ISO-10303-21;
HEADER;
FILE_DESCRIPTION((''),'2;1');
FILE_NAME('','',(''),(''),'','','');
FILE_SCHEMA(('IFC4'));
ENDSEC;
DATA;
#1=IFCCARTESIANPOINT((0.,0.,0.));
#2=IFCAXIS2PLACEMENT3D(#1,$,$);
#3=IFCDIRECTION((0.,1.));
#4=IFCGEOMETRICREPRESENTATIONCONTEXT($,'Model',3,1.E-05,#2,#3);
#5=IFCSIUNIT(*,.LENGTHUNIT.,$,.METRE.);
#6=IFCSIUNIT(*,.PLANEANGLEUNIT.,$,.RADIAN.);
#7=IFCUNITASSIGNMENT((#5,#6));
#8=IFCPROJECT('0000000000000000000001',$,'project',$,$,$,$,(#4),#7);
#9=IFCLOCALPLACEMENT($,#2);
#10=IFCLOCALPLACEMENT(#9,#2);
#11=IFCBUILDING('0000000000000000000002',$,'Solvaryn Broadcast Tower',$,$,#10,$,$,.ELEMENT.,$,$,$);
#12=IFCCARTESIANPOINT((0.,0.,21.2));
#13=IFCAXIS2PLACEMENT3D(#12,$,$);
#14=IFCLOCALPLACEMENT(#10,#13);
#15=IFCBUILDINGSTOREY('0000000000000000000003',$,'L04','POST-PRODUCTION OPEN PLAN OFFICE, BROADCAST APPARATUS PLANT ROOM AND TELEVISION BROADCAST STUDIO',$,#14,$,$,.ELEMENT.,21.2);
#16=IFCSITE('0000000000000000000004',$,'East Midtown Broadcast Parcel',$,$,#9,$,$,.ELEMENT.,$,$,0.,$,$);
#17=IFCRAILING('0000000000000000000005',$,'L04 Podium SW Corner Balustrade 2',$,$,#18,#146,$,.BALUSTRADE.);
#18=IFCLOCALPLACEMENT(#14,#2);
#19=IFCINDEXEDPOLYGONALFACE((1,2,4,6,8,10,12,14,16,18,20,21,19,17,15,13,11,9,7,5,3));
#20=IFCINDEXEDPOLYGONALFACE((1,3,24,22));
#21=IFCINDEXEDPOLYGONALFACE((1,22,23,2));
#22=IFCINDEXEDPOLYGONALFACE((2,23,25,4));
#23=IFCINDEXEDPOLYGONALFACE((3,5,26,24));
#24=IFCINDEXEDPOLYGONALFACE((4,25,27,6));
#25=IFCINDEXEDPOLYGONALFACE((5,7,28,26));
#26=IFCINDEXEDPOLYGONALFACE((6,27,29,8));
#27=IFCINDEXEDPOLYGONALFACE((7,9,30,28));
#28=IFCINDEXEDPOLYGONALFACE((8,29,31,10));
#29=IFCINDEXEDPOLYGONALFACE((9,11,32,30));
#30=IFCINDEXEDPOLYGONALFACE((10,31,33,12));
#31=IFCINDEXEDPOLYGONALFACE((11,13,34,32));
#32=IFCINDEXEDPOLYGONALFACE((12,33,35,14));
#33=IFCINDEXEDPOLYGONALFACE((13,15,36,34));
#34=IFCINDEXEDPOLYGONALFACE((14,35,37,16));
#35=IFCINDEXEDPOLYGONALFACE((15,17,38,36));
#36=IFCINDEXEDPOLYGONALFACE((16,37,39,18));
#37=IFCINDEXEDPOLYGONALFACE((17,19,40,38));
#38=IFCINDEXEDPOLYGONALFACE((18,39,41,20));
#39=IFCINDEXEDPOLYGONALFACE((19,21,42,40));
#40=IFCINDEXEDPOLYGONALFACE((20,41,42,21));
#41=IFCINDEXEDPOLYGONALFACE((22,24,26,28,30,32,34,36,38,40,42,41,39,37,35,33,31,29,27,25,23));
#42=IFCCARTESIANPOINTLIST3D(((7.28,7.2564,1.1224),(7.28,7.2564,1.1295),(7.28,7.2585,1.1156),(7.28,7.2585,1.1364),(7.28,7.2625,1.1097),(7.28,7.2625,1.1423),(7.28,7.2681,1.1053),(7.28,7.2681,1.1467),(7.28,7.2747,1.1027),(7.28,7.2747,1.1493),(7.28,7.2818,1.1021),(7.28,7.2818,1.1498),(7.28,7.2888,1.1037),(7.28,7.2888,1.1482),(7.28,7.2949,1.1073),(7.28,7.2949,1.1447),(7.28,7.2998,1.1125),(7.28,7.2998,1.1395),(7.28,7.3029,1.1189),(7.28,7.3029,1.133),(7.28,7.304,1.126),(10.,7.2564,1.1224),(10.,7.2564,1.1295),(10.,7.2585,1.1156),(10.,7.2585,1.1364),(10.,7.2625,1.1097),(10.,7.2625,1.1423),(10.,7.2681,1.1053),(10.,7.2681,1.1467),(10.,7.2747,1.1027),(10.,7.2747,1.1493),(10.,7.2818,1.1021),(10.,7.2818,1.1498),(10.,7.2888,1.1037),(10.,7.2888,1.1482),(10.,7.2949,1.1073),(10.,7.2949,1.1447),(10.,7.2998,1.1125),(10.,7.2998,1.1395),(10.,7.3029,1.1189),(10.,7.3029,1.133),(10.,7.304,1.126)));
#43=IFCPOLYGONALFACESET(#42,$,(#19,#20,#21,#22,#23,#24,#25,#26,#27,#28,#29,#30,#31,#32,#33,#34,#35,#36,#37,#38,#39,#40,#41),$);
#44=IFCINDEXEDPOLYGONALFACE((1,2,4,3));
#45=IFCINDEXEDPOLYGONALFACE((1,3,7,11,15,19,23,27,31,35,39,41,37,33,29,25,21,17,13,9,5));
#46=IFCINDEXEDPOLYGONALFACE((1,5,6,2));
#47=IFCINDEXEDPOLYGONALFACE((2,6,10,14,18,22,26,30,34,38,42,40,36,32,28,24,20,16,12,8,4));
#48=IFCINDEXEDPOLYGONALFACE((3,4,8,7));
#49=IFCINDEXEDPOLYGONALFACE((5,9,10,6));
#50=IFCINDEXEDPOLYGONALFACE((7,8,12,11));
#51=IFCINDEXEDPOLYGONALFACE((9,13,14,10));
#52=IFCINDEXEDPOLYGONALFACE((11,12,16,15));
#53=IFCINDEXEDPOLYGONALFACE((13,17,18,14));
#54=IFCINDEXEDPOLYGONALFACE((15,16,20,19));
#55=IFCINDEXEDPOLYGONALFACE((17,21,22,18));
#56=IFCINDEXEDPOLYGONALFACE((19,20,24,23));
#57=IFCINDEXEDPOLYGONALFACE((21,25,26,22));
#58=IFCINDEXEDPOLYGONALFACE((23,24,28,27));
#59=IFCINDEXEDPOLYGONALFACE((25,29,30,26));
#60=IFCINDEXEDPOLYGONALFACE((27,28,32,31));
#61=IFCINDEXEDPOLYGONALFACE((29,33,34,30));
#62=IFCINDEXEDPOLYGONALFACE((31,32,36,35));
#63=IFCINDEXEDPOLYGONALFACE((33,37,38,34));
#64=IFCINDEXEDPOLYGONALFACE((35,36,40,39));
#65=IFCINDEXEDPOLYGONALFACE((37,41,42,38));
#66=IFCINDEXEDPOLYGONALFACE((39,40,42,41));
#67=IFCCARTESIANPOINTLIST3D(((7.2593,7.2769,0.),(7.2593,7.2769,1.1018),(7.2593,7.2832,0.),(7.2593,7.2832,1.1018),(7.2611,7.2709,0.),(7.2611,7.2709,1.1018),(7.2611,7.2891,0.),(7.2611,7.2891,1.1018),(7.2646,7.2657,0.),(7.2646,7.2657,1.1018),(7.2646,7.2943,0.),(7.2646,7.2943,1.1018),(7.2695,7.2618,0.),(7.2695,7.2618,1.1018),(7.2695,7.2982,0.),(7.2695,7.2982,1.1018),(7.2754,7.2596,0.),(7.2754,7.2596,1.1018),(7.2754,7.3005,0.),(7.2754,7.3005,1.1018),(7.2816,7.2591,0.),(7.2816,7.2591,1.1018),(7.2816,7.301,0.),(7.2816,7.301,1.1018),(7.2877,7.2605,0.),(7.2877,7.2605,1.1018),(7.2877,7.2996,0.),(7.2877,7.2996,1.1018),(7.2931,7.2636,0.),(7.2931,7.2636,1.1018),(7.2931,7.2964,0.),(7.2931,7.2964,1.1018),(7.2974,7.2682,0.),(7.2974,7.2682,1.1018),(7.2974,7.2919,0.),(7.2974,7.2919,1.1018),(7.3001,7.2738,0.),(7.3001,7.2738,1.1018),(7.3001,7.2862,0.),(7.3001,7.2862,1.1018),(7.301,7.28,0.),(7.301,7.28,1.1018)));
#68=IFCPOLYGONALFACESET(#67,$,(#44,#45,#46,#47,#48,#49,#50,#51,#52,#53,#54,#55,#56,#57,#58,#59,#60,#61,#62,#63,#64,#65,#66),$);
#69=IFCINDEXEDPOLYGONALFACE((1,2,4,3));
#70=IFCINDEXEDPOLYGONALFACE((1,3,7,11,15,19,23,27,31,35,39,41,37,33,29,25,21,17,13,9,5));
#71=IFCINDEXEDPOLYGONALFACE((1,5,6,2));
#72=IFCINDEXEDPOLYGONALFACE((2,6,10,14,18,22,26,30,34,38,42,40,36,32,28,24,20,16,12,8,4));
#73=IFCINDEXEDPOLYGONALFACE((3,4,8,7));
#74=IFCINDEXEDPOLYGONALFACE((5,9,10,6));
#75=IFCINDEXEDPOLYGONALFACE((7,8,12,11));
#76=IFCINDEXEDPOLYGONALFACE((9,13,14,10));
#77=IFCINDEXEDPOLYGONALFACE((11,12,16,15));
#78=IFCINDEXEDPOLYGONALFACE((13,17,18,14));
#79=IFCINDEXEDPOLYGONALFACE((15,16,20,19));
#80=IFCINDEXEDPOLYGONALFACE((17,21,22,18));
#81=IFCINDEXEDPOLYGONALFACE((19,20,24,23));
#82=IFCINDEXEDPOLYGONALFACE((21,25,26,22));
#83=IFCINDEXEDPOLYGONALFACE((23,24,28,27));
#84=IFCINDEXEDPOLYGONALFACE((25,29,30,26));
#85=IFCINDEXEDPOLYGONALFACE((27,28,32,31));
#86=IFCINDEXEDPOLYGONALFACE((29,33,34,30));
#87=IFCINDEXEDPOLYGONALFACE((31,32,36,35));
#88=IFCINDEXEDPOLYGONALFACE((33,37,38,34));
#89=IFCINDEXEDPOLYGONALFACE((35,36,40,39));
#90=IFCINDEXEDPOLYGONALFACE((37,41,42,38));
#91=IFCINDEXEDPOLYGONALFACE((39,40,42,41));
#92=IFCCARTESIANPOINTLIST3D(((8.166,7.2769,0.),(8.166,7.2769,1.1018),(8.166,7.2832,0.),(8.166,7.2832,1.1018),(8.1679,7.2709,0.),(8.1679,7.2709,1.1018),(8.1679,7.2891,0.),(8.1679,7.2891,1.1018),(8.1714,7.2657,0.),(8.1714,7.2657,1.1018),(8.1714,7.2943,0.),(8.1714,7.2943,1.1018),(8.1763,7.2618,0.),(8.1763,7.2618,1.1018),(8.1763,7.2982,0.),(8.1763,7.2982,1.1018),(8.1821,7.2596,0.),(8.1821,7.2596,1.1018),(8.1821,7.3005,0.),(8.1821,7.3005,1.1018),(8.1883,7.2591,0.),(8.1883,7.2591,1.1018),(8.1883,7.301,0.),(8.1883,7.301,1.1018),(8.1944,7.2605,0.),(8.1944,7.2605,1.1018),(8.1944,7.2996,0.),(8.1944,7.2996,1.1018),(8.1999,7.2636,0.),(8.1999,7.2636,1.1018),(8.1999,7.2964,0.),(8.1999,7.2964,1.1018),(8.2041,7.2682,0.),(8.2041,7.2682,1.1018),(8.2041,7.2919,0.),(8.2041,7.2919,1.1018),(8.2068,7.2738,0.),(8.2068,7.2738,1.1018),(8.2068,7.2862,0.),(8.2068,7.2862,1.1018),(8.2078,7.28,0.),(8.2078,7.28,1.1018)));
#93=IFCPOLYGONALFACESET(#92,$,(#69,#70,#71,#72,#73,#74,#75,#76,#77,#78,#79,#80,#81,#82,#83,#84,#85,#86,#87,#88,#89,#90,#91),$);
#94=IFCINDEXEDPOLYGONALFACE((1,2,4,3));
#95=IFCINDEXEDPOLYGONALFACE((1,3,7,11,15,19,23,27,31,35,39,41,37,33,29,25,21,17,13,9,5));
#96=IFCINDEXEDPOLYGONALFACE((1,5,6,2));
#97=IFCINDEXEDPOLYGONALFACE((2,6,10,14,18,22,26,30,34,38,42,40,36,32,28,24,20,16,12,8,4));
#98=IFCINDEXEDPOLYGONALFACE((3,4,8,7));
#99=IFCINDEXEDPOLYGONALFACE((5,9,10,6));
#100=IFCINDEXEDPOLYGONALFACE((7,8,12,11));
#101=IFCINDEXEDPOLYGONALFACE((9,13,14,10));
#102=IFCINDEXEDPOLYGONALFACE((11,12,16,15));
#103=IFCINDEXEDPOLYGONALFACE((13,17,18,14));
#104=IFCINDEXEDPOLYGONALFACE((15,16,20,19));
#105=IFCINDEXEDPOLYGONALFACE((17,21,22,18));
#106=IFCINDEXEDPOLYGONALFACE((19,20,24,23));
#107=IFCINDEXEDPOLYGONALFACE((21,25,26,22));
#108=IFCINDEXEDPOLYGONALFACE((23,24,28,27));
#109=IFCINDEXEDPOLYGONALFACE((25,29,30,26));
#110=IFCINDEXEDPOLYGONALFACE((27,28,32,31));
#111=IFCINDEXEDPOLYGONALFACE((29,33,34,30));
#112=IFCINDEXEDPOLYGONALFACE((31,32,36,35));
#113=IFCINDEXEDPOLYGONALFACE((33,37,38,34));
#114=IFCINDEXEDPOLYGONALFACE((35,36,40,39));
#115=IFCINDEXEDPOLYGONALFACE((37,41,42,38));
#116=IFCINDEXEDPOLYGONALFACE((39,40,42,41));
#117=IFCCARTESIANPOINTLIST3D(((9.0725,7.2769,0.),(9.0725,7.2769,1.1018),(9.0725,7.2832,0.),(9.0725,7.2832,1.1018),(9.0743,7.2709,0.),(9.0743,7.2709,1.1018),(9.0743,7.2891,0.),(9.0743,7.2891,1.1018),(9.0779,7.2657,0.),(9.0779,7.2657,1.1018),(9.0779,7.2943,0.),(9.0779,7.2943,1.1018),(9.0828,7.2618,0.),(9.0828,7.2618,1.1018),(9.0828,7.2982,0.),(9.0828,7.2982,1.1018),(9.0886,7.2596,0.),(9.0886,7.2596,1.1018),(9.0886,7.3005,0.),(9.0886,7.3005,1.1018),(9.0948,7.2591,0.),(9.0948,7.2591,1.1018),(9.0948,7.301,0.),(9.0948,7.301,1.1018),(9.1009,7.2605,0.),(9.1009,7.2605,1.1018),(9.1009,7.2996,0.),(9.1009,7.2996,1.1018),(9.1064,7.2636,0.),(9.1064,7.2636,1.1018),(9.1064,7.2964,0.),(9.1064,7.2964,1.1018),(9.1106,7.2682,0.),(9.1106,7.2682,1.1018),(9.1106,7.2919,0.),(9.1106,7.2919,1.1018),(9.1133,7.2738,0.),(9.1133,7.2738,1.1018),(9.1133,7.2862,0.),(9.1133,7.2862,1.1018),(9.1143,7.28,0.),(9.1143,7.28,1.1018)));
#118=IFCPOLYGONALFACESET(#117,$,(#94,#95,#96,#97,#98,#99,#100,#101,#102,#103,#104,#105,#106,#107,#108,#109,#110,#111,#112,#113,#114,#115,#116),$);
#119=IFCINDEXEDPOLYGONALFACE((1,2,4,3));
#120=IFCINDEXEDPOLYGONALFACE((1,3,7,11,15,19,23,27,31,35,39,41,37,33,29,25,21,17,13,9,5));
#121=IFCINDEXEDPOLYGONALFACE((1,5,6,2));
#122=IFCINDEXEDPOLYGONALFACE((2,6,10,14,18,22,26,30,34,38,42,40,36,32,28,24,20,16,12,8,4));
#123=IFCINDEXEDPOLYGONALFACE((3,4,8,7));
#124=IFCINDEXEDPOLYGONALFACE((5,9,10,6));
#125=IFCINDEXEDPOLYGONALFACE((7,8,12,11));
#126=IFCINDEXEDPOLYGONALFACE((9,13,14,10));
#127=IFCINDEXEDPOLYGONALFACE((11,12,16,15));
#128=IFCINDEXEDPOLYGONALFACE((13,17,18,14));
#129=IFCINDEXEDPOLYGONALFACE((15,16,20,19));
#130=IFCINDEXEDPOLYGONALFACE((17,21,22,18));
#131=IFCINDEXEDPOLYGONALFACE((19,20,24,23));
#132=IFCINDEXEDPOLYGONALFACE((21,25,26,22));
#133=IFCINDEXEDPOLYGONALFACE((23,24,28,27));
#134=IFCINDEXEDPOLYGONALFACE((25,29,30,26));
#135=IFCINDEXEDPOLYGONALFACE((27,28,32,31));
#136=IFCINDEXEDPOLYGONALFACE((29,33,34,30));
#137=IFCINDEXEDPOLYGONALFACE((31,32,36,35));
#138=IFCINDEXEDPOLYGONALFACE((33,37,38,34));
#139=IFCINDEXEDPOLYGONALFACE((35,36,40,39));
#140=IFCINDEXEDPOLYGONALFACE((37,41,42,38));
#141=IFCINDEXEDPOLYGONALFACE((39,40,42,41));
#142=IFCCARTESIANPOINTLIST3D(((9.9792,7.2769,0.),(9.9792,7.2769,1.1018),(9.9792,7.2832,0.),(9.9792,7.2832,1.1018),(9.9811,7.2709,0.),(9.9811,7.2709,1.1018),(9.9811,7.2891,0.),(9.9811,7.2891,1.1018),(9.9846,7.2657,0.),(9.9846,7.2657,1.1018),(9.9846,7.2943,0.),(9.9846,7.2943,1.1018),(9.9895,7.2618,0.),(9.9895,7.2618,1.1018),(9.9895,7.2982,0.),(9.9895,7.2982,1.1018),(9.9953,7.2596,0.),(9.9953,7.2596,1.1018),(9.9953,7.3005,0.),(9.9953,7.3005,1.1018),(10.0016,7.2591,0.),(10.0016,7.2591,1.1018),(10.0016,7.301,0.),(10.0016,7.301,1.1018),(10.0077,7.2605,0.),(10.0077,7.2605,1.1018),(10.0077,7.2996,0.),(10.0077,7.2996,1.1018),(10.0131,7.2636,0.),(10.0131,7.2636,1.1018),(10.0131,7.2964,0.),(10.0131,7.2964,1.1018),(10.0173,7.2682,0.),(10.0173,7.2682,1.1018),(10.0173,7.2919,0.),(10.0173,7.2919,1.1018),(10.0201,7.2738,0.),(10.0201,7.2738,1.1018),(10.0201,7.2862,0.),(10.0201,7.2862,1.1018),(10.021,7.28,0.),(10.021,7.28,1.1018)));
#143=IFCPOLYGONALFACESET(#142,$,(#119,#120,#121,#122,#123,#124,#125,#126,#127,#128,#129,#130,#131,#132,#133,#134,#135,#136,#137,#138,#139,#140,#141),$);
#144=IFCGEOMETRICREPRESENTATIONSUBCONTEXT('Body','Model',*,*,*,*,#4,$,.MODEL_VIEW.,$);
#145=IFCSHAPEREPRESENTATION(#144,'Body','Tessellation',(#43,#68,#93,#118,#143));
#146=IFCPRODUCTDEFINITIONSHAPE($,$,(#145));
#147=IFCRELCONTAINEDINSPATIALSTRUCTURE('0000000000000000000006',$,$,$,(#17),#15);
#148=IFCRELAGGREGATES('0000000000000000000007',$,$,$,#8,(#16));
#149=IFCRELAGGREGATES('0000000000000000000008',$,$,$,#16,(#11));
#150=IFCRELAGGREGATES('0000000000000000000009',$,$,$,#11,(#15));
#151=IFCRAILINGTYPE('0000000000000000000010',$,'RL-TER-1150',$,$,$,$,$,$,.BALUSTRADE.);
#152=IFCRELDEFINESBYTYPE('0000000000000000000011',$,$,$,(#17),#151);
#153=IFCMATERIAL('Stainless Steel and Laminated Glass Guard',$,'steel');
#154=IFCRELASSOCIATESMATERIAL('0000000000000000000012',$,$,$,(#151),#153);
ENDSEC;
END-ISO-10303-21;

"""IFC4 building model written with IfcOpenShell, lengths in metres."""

from ifc_helpers import new_model, si_unit, direction, frame, origin, origin_2d, place, context, subcontext, project, spatial, circle, extrude, material, type_object, element, save


model = new_model("IFC4")

# Units and contexts
model_context = context("Model", 3, precision=1e-05, world=origin(), true_north=direction((0.0, 1.0)))
body_context = subcontext(model_context, "Body", "Model", "MODEL_VIEW")
ifc_project = project(units=[si_unit("LENGTHUNIT", "METRE"), si_unit("PLANEANGLEUNIT", "RADIAN")], contexts=[model_context])

# Site, building, storey
site_placement = place(None, origin())
site = spatial("IfcSite", under=ifc_project, at=site_placement, Name="East Midtown Broadcast Parcel", CompositionType="ELEMENT", RefElevation=0.0)
building_placement = place(site_placement, origin())
building = spatial("IfcBuilding", under=site, at=building_placement, Name="Solvaryn Broadcast Tower", CompositionType="ELEMENT")
storey_placement = place(building_placement, frame((0.0, 0.0, 21.2)))
storey = spatial("IfcBuildingStorey", under=building, at=storey_placement, Name="L04", Description="POST-PRODUCTION OPEN PLAN OFFICE, BROADCAST APPARATUS PLANT ROOM AND TELEVISION BROADCAST STUDIO", CompositionType="ELEMENT", Elevation=21.2)

# Railing
ifc_material_1 = material(Name="Stainless Steel and Laminated Glass Guard", Category="steel")
railing_type = type_object("IfcRailingType", Name="RL-TER-1150", PredefinedType="BALUSTRADE", material=ifc_material_1)
railing_1_placement = place(storey_placement, frame((7.28, 7.28, 0.0)))
element("IfcRailing", 1, at=railing_1_placement, inside=storey, type_object=railing_type, Name="L04 Podium SW Corner Balustrade 2", PredefinedType="BALUSTRADE", context=body_context, shape_type="SweptSolid", body=[
    extrude(circle(Radius=0.0239, at=origin_2d()), frame((0.0, 0.0, 1.126), z_axis=(1.0, 0.0, 0.0), x_axis=(0.0, 1.0, 0.0)), (0.0, 0.0, 1.0), 2.72),
    extrude(circle(Radius=0.021, at=origin_2d()), origin(), (0.0, 0.0, 1.0), 1.1018),
    extrude(circle(Radius=0.021, at=origin_2d()), frame((0.9067, 0.0, 0.0)), (0.0, 0.0, 1.0), 1.1018),
    extrude(circle(Radius=0.021, at=origin_2d()), frame((1.8132, 0.0, 0.0)), (0.0, 0.0, 1.0), 1.1018),
    extrude(circle(Radius=0.021, at=origin_2d()), frame((2.72, 0.0, 0.0)), (0.0, 0.0, 1.0), 1.1018),
])

save(model, "model.ifc")
